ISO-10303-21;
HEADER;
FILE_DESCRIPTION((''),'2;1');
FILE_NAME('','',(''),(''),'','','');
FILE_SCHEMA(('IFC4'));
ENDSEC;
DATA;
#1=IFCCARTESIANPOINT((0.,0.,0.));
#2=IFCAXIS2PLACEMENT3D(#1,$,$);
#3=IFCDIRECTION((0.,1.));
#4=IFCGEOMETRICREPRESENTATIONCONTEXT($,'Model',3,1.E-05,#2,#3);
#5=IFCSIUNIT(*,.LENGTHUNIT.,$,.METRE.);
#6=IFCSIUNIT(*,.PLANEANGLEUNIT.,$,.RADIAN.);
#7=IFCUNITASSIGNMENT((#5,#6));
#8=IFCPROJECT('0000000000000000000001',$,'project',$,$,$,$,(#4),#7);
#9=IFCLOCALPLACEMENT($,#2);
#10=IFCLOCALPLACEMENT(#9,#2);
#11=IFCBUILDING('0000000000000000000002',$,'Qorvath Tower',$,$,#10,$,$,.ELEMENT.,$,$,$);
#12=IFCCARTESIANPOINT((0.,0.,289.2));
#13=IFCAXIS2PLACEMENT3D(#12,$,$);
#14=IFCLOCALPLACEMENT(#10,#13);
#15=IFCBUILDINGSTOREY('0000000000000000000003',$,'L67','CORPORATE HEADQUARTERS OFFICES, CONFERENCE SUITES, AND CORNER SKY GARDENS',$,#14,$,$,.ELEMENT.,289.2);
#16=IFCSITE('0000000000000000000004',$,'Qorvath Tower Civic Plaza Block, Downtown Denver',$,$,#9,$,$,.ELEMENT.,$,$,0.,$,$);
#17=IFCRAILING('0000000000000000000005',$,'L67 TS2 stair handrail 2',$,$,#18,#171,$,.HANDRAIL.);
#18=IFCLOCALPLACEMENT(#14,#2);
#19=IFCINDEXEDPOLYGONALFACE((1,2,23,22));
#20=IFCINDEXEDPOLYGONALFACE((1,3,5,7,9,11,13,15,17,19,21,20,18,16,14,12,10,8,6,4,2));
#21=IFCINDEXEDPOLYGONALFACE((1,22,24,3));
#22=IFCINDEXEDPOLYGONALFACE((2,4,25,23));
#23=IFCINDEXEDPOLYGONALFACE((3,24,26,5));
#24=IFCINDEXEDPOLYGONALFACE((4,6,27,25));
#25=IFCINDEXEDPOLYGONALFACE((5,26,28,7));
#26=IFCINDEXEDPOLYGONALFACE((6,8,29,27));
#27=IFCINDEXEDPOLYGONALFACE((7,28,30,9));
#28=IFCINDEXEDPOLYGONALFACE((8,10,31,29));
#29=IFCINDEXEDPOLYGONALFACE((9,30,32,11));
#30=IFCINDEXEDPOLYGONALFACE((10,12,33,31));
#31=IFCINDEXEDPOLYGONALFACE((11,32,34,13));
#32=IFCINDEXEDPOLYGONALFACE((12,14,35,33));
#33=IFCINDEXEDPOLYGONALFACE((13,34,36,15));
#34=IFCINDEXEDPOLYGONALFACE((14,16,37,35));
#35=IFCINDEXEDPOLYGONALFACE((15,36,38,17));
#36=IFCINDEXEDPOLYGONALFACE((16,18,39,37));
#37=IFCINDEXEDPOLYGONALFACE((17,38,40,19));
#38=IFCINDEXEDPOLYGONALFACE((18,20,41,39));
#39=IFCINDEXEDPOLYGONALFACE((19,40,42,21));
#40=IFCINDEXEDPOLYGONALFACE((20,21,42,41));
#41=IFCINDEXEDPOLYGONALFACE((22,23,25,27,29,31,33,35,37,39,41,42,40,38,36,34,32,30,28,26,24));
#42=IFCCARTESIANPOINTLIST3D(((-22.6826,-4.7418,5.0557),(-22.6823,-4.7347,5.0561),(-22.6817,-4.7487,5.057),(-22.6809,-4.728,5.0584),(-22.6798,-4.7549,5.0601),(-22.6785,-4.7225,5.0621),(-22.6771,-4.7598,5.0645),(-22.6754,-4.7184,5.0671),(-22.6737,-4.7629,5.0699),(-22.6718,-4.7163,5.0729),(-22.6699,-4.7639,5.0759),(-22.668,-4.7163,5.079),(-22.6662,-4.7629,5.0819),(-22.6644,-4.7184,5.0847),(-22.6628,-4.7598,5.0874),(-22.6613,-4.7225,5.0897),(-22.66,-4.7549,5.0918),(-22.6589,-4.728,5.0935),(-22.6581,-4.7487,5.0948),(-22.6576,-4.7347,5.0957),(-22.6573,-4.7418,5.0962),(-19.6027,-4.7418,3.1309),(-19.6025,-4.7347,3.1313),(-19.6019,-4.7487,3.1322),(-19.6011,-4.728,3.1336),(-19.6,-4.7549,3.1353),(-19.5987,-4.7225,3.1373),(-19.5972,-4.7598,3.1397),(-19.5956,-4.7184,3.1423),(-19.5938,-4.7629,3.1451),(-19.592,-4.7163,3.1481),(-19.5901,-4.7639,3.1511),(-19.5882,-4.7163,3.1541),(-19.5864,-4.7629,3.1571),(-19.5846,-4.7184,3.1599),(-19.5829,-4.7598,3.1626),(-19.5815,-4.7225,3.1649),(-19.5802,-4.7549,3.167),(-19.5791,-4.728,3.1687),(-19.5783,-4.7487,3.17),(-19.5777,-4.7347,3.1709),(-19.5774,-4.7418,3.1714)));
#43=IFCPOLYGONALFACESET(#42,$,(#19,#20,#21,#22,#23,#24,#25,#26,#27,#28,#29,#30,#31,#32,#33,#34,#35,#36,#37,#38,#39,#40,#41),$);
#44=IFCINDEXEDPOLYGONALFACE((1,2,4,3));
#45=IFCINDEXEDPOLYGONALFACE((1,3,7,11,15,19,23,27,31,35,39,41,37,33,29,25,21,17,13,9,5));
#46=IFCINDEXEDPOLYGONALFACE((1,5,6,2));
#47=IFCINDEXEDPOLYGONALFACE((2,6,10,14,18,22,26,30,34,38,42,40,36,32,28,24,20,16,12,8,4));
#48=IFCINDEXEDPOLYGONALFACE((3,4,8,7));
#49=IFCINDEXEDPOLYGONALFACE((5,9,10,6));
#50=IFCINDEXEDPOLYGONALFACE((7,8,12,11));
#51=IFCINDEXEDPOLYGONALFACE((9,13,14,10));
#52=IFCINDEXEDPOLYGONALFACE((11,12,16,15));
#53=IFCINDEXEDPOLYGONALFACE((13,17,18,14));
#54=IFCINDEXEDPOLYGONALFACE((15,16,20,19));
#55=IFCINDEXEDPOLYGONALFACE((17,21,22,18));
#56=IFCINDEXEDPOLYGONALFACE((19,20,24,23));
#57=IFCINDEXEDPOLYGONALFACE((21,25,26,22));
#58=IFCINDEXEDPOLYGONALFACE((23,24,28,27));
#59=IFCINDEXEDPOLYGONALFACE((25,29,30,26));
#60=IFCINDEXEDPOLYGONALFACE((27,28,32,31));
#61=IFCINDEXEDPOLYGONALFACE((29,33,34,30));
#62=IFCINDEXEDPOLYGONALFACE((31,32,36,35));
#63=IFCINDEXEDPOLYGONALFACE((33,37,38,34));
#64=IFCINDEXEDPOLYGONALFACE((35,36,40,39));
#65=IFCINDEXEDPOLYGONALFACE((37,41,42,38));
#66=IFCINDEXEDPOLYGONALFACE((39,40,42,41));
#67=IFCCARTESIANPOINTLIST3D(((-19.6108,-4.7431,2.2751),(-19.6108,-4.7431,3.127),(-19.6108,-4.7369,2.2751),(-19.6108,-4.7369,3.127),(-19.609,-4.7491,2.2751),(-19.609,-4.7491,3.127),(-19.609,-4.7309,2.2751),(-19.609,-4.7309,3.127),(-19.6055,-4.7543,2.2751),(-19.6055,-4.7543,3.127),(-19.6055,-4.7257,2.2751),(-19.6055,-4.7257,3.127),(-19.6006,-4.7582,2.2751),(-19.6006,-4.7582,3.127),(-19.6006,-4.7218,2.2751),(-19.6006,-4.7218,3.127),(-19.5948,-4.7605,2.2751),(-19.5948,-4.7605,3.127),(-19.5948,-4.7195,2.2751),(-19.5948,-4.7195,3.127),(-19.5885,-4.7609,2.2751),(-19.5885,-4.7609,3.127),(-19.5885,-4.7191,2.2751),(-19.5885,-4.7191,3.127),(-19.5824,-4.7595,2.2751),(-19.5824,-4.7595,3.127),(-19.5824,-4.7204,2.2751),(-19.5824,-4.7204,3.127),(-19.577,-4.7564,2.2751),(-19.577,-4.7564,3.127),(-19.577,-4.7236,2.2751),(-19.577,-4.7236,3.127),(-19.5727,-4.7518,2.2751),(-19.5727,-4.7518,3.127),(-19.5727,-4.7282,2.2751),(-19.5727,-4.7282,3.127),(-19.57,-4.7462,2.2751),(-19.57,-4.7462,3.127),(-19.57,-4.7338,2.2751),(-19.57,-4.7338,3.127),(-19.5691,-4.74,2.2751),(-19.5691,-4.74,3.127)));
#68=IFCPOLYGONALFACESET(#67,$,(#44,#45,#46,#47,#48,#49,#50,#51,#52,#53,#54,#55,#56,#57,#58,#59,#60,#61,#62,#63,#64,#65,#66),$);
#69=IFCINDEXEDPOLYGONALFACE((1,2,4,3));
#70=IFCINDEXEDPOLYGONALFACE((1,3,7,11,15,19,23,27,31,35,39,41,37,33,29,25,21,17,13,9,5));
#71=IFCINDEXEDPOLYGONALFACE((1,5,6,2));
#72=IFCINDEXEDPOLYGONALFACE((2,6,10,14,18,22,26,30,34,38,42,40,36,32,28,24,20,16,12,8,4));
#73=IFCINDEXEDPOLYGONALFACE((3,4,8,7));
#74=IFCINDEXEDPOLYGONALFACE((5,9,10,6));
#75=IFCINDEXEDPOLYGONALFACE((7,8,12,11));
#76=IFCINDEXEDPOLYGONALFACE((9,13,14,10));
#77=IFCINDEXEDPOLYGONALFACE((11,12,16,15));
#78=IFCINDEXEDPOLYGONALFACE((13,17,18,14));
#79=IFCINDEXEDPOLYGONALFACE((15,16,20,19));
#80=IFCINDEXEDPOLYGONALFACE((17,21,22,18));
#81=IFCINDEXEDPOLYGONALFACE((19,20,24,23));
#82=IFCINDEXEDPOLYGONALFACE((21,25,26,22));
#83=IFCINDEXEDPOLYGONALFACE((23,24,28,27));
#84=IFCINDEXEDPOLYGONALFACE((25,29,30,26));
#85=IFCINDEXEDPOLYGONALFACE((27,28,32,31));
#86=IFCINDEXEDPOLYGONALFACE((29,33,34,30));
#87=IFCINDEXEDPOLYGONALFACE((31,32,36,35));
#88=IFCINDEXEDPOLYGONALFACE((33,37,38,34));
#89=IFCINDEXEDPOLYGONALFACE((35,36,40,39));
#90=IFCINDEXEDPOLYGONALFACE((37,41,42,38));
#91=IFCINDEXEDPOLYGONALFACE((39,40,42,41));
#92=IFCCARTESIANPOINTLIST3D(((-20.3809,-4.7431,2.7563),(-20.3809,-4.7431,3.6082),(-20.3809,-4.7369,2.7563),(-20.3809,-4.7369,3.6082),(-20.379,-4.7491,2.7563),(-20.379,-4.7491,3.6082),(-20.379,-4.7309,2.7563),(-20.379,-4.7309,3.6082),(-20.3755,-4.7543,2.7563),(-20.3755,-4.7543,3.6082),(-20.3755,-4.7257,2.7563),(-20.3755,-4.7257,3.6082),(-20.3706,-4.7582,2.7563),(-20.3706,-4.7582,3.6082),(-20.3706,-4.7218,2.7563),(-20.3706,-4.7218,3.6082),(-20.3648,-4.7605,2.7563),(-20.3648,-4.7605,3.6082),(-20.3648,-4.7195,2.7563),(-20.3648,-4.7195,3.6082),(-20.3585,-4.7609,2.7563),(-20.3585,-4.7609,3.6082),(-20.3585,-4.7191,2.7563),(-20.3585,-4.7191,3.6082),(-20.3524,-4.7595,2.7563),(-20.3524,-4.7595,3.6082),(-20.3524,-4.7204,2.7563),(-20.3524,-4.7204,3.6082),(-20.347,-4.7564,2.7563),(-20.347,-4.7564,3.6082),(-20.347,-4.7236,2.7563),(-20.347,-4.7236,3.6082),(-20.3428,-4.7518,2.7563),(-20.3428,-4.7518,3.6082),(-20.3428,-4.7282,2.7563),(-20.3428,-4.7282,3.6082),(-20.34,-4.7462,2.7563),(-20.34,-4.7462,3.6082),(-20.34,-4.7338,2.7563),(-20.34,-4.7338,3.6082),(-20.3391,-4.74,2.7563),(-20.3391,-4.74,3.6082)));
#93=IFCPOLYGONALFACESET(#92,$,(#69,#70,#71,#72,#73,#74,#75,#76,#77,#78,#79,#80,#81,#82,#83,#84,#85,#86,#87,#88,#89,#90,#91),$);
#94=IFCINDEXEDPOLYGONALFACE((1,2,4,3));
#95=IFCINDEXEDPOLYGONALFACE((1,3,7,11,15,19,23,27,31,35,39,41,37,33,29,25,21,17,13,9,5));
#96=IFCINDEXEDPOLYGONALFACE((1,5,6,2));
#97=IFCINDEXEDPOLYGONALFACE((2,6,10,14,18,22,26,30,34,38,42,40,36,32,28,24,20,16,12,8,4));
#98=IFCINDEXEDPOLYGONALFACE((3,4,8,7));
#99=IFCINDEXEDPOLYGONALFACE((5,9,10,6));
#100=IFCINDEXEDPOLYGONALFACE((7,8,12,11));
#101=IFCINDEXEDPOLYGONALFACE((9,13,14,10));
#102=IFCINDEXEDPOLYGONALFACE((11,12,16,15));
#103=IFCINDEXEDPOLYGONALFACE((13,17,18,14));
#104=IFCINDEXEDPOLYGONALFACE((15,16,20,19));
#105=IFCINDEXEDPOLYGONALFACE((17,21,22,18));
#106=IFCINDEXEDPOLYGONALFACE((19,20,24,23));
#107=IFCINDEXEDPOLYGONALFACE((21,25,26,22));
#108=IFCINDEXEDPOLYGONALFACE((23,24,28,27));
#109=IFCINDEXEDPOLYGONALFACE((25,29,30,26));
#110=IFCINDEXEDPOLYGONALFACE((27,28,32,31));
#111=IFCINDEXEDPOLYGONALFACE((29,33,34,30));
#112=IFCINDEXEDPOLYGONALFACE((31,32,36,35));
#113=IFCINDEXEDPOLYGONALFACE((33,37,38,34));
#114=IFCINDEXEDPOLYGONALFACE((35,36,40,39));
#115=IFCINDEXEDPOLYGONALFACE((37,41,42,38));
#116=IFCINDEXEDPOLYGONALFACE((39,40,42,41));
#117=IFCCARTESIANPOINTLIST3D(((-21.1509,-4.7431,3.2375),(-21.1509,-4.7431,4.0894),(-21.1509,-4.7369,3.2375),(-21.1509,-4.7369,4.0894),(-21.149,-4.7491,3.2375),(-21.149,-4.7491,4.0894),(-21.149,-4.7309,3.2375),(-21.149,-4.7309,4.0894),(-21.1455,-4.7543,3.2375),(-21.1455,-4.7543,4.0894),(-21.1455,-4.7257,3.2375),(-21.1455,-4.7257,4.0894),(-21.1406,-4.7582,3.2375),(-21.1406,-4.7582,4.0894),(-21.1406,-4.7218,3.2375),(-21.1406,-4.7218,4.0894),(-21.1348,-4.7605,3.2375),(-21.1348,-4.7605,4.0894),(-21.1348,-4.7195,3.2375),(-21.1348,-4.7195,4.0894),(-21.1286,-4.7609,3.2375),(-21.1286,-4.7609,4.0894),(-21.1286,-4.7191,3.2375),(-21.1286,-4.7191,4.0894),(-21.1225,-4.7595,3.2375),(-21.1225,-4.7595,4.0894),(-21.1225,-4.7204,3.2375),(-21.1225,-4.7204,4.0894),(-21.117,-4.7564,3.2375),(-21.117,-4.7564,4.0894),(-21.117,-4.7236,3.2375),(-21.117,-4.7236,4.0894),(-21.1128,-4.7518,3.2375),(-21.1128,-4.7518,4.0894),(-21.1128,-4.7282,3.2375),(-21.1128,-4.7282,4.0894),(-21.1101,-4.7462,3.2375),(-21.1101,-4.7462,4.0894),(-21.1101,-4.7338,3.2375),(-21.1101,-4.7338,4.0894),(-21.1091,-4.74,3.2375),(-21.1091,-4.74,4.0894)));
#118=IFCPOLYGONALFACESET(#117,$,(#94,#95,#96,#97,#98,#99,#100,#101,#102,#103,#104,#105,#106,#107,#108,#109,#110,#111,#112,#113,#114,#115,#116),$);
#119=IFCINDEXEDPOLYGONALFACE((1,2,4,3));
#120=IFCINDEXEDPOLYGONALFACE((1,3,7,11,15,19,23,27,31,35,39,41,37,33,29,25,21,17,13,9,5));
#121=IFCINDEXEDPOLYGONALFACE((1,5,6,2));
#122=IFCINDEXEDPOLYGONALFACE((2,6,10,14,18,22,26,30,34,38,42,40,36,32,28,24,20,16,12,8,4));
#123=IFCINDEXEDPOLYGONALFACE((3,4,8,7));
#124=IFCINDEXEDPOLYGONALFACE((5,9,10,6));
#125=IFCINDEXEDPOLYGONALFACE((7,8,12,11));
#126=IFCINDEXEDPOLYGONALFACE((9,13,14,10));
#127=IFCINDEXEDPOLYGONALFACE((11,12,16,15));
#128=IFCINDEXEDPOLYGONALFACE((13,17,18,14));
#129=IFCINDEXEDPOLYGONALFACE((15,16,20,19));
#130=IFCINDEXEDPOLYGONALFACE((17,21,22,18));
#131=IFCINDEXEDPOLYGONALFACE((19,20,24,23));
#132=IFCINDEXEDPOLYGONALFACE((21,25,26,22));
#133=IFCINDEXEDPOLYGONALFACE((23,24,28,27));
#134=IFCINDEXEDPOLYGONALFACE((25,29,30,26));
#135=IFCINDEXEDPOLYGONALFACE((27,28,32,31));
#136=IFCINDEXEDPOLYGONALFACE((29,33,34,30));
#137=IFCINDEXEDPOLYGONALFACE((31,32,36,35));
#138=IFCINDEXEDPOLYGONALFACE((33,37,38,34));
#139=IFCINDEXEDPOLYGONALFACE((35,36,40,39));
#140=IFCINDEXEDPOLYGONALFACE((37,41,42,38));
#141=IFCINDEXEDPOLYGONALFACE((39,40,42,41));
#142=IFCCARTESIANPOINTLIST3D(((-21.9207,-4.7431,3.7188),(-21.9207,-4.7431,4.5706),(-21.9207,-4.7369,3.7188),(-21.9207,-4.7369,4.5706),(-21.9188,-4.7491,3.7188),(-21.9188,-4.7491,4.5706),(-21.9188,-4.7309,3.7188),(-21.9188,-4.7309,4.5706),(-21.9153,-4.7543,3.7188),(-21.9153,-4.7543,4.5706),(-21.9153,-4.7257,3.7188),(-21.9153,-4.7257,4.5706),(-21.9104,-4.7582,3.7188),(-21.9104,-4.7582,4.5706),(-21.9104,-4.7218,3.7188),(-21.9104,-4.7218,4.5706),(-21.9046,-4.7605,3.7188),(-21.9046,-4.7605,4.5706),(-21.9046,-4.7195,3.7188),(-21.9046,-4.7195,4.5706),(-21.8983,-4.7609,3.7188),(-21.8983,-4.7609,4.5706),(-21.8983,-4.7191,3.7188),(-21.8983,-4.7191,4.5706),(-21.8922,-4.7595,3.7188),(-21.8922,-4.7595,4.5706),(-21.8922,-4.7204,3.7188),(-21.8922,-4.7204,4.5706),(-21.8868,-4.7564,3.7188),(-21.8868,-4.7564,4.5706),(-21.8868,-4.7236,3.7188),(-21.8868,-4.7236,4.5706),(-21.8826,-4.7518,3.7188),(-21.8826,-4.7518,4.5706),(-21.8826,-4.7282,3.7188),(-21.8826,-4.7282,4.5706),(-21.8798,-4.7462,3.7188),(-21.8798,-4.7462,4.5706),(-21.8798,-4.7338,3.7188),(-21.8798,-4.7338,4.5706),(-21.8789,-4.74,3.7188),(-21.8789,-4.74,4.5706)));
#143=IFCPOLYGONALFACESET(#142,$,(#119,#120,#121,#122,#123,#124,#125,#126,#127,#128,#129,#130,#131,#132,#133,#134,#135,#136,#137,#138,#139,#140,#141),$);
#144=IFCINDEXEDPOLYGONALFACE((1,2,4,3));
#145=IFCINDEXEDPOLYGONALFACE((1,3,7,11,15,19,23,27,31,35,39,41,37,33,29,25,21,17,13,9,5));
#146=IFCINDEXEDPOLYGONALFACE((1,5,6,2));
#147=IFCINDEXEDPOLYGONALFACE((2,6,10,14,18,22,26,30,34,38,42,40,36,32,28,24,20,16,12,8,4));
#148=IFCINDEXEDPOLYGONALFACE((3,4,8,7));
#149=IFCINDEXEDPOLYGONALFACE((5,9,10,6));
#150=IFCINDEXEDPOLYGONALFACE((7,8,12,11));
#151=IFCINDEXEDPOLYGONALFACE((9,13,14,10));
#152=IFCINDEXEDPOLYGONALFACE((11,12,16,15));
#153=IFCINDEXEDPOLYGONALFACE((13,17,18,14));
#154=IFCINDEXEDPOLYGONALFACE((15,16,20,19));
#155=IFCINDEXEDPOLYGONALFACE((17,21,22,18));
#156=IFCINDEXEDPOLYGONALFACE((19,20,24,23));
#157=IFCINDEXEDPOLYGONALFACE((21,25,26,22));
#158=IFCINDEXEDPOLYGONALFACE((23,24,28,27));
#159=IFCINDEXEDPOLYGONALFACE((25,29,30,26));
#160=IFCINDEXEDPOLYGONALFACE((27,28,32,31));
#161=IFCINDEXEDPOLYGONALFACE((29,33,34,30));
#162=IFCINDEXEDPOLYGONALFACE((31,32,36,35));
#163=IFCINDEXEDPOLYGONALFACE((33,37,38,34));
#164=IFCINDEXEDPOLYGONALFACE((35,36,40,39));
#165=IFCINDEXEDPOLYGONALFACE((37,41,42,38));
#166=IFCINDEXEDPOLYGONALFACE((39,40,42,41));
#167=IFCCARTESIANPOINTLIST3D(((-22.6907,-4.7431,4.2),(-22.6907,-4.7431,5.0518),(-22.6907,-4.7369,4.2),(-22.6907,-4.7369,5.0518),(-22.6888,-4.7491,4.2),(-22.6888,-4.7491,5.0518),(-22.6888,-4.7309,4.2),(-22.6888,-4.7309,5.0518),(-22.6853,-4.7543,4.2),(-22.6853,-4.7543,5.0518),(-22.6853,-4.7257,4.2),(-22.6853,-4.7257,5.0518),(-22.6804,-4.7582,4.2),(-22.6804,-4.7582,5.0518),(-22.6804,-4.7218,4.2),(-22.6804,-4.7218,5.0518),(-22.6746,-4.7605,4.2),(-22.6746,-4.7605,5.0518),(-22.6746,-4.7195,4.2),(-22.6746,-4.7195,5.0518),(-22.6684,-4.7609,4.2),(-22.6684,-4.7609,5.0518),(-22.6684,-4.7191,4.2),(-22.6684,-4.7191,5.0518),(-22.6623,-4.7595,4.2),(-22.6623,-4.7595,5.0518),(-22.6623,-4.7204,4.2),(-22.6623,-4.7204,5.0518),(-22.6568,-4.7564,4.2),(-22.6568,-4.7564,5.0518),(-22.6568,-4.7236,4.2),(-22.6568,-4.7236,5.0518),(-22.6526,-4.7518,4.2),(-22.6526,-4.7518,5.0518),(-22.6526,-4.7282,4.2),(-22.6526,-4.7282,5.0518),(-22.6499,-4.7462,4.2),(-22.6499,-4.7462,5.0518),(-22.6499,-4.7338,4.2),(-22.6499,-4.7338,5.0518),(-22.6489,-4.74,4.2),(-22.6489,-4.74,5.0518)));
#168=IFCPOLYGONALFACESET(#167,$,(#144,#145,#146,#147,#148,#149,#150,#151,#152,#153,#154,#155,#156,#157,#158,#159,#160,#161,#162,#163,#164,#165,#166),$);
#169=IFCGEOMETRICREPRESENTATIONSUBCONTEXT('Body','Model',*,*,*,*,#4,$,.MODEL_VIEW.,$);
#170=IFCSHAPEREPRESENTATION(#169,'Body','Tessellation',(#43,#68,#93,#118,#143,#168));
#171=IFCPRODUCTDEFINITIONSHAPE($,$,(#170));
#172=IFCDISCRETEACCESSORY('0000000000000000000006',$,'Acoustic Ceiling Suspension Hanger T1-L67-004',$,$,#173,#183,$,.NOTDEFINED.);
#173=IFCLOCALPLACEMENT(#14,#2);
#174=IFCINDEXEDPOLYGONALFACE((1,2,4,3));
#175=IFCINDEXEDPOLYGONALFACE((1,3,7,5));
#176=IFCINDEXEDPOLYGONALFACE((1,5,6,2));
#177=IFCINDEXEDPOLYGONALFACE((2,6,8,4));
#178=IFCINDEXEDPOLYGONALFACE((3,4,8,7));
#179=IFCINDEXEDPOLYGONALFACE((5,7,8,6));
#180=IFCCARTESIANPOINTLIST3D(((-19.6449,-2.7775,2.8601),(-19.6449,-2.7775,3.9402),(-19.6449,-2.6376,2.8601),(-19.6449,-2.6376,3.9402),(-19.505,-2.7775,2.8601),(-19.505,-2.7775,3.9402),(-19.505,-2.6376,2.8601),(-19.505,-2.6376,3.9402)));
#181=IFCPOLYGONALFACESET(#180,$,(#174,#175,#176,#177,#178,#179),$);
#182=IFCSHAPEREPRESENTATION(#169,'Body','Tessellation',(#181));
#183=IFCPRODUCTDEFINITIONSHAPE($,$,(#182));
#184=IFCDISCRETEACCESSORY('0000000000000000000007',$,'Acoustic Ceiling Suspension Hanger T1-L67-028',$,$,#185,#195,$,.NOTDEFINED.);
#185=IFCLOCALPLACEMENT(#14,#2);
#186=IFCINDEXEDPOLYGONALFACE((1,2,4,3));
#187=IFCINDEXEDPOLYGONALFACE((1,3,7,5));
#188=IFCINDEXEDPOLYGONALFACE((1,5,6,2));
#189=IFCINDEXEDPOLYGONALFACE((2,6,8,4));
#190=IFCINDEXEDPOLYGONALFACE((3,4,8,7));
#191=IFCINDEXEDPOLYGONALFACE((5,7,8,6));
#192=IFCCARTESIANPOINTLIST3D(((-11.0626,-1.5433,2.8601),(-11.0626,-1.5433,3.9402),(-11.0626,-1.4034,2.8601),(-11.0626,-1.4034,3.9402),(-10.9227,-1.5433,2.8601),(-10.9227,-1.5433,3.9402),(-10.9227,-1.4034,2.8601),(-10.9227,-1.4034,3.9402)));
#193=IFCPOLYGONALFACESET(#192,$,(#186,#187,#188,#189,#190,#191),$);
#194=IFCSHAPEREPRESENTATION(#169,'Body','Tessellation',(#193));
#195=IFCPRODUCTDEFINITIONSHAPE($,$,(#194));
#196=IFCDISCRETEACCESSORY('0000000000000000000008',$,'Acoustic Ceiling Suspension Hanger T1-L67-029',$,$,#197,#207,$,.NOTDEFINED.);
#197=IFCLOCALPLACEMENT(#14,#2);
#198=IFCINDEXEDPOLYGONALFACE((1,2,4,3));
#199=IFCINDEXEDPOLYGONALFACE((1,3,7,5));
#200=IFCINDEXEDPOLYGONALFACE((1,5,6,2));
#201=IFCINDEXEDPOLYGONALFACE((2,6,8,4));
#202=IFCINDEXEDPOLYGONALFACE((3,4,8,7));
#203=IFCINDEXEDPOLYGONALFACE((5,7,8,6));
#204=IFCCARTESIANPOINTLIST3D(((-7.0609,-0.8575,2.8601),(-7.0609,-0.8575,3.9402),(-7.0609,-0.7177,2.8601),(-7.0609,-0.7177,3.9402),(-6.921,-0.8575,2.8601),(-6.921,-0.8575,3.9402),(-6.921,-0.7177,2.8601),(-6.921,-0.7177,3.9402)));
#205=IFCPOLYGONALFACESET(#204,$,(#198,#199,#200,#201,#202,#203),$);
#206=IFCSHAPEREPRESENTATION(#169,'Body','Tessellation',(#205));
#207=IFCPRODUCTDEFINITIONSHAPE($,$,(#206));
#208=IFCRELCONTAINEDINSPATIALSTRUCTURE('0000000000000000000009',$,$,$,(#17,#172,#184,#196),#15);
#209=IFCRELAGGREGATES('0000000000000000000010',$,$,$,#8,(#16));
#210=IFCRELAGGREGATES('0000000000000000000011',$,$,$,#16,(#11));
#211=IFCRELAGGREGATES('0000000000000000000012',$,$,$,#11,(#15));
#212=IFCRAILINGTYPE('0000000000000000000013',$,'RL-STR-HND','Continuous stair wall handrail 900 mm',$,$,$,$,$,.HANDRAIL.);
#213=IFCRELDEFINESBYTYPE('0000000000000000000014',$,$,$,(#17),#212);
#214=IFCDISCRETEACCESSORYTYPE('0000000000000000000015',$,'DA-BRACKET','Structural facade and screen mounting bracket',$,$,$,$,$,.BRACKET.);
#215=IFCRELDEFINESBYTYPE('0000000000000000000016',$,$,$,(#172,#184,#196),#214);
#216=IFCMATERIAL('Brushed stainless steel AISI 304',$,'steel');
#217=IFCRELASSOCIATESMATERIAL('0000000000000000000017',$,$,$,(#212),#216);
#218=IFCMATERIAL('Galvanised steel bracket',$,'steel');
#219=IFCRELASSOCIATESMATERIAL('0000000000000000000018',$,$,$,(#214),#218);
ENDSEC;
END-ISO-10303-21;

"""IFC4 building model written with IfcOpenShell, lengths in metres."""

from ifc_helpers import new_model, si_unit, direction, frame, origin, origin_2d, place, context, subcontext, project, spatial, rectangle, circle, extrude, material, type_object, element, save


model = new_model("IFC4")

# Units and contexts
model_context = context("Model", 3, precision=1e-05, world=origin(), true_north=direction((0.0, 1.0)))
body_context = subcontext(model_context, "Body", "Model", "MODEL_VIEW")
ifc_project = project(units=[si_unit("LENGTHUNIT", "METRE"), si_unit("PLANEANGLEUNIT", "RADIAN")], contexts=[model_context])

# Site, building, storey
site_placement = place(None, origin())
site = spatial("IfcSite", under=ifc_project, at=site_placement, Name="Qorvath Tower Civic Plaza Block, Downtown Denver", CompositionType="ELEMENT", RefElevation=0.0)
building_placement = place(site_placement, origin())
building = spatial("IfcBuilding", under=site, at=building_placement, Name="Qorvath Tower", CompositionType="ELEMENT")
storey_placement = place(building_placement, frame((0.0, 0.0, 289.2)))
storey = spatial("IfcBuildingStorey", under=building, at=storey_placement, Name="L67", Description="CORPORATE HEADQUARTERS OFFICES, CONFERENCE SUITES, AND CORNER SKY GARDENS", CompositionType="ELEMENT", Elevation=289.2)

# Railing
ifc_material_1 = material(Name="Brushed stainless steel AISI 304", Category="steel")
railing_type_1 = type_object("IfcRailingType", Name="RL-STR-HND", Description="Continuous stair wall handrail 900 mm", PredefinedType="HANDRAIL", material=ifc_material_1)
railing_1_placement = place(storey_placement, frame((-19.5901, -4.74, 2.2751)))
element("IfcRailing", 1, at=railing_1_placement, inside=storey, type_object=railing_type_1, Name="L67 TS2 stair handrail 2", PredefinedType="HANDRAIL", context=body_context, shape_type="SweptSolid", body=[
    extrude(circle(Radius=0.0239, at=origin_2d()), frame((0.0, 0.0, 0.876), z_axis=(-0.84801, 0.0, 0.529981), x_axis=(0.0, -1.0, 0.0)), (0.0, 0.0, 1.0), 3.6318),
    extrude(circle(Radius=0.021, at=origin_2d()), origin(), (0.0, 0.0, 1.0), 0.8518),
    extrude(circle(Radius=0.021, at=origin_2d()), frame((-0.77, 0.0, 0.4812)), (0.0, 0.0, 1.0), 0.8518),
    extrude(circle(Radius=0.021, at=origin_2d()), frame((-1.54, 0.0, 0.9624)), (0.0, 0.0, 1.0), 0.8518),
    extrude(circle(Radius=0.021, at=origin_2d()), frame((-2.3098, 0.0, 1.4436)), (0.0, 0.0, 1.0), 0.8518),
    extrude(circle(Radius=0.021, at=origin_2d()), frame((-3.0798, 0.0, 1.9248)), (0.0, 0.0, 1.0), 0.8518),
])

# Discrete accessories
ifc_material_2 = material(Name="Galvanised steel bracket", Category="steel")
discrete_accessory_type = type_object("IfcDiscreteAccessoryType", Name="DA-BRACKET", Description="Structural facade and screen mounting bracket", PredefinedType="BRACKET", material=ifc_material_2)
for number, where, z_axis, x_axis, name in (
    (2, (-19.575, -2.7075, 2.8601), (0.0, 0.0, 1.0), (1.0, 0.0, 0.0), "Acoustic Ceiling Suspension Hanger T1-L67-004"),
    (3, (-10.9927, -1.4734, 2.8601), (0.0, 0.0, 1.0), (1.0, 0.0, 0.0), "Acoustic Ceiling Suspension Hanger T1-L67-028"),
    (4, (-6.991, -0.7876, 2.8601), (0.0, 0.0, 1.0), (1.0, 0.0, 0.0), "Acoustic Ceiling Suspension Hanger T1-L67-029"),
):
    element("IfcDiscreteAccessory", number, at=place(storey_placement, frame(where, z_axis=z_axis, x_axis=x_axis)), inside=storey, type_object=discrete_accessory_type, Name=name, PredefinedType="NOTDEFINED", context=body_context, shape_type="SweptSolid", body=[
        extrude(rectangle(XDim=0.1399, YDim=0.1399, at=origin_2d()), origin(), (0.0, 0.0, 1.0), 1.0801),
    ])

save(model, "model.ifc")
